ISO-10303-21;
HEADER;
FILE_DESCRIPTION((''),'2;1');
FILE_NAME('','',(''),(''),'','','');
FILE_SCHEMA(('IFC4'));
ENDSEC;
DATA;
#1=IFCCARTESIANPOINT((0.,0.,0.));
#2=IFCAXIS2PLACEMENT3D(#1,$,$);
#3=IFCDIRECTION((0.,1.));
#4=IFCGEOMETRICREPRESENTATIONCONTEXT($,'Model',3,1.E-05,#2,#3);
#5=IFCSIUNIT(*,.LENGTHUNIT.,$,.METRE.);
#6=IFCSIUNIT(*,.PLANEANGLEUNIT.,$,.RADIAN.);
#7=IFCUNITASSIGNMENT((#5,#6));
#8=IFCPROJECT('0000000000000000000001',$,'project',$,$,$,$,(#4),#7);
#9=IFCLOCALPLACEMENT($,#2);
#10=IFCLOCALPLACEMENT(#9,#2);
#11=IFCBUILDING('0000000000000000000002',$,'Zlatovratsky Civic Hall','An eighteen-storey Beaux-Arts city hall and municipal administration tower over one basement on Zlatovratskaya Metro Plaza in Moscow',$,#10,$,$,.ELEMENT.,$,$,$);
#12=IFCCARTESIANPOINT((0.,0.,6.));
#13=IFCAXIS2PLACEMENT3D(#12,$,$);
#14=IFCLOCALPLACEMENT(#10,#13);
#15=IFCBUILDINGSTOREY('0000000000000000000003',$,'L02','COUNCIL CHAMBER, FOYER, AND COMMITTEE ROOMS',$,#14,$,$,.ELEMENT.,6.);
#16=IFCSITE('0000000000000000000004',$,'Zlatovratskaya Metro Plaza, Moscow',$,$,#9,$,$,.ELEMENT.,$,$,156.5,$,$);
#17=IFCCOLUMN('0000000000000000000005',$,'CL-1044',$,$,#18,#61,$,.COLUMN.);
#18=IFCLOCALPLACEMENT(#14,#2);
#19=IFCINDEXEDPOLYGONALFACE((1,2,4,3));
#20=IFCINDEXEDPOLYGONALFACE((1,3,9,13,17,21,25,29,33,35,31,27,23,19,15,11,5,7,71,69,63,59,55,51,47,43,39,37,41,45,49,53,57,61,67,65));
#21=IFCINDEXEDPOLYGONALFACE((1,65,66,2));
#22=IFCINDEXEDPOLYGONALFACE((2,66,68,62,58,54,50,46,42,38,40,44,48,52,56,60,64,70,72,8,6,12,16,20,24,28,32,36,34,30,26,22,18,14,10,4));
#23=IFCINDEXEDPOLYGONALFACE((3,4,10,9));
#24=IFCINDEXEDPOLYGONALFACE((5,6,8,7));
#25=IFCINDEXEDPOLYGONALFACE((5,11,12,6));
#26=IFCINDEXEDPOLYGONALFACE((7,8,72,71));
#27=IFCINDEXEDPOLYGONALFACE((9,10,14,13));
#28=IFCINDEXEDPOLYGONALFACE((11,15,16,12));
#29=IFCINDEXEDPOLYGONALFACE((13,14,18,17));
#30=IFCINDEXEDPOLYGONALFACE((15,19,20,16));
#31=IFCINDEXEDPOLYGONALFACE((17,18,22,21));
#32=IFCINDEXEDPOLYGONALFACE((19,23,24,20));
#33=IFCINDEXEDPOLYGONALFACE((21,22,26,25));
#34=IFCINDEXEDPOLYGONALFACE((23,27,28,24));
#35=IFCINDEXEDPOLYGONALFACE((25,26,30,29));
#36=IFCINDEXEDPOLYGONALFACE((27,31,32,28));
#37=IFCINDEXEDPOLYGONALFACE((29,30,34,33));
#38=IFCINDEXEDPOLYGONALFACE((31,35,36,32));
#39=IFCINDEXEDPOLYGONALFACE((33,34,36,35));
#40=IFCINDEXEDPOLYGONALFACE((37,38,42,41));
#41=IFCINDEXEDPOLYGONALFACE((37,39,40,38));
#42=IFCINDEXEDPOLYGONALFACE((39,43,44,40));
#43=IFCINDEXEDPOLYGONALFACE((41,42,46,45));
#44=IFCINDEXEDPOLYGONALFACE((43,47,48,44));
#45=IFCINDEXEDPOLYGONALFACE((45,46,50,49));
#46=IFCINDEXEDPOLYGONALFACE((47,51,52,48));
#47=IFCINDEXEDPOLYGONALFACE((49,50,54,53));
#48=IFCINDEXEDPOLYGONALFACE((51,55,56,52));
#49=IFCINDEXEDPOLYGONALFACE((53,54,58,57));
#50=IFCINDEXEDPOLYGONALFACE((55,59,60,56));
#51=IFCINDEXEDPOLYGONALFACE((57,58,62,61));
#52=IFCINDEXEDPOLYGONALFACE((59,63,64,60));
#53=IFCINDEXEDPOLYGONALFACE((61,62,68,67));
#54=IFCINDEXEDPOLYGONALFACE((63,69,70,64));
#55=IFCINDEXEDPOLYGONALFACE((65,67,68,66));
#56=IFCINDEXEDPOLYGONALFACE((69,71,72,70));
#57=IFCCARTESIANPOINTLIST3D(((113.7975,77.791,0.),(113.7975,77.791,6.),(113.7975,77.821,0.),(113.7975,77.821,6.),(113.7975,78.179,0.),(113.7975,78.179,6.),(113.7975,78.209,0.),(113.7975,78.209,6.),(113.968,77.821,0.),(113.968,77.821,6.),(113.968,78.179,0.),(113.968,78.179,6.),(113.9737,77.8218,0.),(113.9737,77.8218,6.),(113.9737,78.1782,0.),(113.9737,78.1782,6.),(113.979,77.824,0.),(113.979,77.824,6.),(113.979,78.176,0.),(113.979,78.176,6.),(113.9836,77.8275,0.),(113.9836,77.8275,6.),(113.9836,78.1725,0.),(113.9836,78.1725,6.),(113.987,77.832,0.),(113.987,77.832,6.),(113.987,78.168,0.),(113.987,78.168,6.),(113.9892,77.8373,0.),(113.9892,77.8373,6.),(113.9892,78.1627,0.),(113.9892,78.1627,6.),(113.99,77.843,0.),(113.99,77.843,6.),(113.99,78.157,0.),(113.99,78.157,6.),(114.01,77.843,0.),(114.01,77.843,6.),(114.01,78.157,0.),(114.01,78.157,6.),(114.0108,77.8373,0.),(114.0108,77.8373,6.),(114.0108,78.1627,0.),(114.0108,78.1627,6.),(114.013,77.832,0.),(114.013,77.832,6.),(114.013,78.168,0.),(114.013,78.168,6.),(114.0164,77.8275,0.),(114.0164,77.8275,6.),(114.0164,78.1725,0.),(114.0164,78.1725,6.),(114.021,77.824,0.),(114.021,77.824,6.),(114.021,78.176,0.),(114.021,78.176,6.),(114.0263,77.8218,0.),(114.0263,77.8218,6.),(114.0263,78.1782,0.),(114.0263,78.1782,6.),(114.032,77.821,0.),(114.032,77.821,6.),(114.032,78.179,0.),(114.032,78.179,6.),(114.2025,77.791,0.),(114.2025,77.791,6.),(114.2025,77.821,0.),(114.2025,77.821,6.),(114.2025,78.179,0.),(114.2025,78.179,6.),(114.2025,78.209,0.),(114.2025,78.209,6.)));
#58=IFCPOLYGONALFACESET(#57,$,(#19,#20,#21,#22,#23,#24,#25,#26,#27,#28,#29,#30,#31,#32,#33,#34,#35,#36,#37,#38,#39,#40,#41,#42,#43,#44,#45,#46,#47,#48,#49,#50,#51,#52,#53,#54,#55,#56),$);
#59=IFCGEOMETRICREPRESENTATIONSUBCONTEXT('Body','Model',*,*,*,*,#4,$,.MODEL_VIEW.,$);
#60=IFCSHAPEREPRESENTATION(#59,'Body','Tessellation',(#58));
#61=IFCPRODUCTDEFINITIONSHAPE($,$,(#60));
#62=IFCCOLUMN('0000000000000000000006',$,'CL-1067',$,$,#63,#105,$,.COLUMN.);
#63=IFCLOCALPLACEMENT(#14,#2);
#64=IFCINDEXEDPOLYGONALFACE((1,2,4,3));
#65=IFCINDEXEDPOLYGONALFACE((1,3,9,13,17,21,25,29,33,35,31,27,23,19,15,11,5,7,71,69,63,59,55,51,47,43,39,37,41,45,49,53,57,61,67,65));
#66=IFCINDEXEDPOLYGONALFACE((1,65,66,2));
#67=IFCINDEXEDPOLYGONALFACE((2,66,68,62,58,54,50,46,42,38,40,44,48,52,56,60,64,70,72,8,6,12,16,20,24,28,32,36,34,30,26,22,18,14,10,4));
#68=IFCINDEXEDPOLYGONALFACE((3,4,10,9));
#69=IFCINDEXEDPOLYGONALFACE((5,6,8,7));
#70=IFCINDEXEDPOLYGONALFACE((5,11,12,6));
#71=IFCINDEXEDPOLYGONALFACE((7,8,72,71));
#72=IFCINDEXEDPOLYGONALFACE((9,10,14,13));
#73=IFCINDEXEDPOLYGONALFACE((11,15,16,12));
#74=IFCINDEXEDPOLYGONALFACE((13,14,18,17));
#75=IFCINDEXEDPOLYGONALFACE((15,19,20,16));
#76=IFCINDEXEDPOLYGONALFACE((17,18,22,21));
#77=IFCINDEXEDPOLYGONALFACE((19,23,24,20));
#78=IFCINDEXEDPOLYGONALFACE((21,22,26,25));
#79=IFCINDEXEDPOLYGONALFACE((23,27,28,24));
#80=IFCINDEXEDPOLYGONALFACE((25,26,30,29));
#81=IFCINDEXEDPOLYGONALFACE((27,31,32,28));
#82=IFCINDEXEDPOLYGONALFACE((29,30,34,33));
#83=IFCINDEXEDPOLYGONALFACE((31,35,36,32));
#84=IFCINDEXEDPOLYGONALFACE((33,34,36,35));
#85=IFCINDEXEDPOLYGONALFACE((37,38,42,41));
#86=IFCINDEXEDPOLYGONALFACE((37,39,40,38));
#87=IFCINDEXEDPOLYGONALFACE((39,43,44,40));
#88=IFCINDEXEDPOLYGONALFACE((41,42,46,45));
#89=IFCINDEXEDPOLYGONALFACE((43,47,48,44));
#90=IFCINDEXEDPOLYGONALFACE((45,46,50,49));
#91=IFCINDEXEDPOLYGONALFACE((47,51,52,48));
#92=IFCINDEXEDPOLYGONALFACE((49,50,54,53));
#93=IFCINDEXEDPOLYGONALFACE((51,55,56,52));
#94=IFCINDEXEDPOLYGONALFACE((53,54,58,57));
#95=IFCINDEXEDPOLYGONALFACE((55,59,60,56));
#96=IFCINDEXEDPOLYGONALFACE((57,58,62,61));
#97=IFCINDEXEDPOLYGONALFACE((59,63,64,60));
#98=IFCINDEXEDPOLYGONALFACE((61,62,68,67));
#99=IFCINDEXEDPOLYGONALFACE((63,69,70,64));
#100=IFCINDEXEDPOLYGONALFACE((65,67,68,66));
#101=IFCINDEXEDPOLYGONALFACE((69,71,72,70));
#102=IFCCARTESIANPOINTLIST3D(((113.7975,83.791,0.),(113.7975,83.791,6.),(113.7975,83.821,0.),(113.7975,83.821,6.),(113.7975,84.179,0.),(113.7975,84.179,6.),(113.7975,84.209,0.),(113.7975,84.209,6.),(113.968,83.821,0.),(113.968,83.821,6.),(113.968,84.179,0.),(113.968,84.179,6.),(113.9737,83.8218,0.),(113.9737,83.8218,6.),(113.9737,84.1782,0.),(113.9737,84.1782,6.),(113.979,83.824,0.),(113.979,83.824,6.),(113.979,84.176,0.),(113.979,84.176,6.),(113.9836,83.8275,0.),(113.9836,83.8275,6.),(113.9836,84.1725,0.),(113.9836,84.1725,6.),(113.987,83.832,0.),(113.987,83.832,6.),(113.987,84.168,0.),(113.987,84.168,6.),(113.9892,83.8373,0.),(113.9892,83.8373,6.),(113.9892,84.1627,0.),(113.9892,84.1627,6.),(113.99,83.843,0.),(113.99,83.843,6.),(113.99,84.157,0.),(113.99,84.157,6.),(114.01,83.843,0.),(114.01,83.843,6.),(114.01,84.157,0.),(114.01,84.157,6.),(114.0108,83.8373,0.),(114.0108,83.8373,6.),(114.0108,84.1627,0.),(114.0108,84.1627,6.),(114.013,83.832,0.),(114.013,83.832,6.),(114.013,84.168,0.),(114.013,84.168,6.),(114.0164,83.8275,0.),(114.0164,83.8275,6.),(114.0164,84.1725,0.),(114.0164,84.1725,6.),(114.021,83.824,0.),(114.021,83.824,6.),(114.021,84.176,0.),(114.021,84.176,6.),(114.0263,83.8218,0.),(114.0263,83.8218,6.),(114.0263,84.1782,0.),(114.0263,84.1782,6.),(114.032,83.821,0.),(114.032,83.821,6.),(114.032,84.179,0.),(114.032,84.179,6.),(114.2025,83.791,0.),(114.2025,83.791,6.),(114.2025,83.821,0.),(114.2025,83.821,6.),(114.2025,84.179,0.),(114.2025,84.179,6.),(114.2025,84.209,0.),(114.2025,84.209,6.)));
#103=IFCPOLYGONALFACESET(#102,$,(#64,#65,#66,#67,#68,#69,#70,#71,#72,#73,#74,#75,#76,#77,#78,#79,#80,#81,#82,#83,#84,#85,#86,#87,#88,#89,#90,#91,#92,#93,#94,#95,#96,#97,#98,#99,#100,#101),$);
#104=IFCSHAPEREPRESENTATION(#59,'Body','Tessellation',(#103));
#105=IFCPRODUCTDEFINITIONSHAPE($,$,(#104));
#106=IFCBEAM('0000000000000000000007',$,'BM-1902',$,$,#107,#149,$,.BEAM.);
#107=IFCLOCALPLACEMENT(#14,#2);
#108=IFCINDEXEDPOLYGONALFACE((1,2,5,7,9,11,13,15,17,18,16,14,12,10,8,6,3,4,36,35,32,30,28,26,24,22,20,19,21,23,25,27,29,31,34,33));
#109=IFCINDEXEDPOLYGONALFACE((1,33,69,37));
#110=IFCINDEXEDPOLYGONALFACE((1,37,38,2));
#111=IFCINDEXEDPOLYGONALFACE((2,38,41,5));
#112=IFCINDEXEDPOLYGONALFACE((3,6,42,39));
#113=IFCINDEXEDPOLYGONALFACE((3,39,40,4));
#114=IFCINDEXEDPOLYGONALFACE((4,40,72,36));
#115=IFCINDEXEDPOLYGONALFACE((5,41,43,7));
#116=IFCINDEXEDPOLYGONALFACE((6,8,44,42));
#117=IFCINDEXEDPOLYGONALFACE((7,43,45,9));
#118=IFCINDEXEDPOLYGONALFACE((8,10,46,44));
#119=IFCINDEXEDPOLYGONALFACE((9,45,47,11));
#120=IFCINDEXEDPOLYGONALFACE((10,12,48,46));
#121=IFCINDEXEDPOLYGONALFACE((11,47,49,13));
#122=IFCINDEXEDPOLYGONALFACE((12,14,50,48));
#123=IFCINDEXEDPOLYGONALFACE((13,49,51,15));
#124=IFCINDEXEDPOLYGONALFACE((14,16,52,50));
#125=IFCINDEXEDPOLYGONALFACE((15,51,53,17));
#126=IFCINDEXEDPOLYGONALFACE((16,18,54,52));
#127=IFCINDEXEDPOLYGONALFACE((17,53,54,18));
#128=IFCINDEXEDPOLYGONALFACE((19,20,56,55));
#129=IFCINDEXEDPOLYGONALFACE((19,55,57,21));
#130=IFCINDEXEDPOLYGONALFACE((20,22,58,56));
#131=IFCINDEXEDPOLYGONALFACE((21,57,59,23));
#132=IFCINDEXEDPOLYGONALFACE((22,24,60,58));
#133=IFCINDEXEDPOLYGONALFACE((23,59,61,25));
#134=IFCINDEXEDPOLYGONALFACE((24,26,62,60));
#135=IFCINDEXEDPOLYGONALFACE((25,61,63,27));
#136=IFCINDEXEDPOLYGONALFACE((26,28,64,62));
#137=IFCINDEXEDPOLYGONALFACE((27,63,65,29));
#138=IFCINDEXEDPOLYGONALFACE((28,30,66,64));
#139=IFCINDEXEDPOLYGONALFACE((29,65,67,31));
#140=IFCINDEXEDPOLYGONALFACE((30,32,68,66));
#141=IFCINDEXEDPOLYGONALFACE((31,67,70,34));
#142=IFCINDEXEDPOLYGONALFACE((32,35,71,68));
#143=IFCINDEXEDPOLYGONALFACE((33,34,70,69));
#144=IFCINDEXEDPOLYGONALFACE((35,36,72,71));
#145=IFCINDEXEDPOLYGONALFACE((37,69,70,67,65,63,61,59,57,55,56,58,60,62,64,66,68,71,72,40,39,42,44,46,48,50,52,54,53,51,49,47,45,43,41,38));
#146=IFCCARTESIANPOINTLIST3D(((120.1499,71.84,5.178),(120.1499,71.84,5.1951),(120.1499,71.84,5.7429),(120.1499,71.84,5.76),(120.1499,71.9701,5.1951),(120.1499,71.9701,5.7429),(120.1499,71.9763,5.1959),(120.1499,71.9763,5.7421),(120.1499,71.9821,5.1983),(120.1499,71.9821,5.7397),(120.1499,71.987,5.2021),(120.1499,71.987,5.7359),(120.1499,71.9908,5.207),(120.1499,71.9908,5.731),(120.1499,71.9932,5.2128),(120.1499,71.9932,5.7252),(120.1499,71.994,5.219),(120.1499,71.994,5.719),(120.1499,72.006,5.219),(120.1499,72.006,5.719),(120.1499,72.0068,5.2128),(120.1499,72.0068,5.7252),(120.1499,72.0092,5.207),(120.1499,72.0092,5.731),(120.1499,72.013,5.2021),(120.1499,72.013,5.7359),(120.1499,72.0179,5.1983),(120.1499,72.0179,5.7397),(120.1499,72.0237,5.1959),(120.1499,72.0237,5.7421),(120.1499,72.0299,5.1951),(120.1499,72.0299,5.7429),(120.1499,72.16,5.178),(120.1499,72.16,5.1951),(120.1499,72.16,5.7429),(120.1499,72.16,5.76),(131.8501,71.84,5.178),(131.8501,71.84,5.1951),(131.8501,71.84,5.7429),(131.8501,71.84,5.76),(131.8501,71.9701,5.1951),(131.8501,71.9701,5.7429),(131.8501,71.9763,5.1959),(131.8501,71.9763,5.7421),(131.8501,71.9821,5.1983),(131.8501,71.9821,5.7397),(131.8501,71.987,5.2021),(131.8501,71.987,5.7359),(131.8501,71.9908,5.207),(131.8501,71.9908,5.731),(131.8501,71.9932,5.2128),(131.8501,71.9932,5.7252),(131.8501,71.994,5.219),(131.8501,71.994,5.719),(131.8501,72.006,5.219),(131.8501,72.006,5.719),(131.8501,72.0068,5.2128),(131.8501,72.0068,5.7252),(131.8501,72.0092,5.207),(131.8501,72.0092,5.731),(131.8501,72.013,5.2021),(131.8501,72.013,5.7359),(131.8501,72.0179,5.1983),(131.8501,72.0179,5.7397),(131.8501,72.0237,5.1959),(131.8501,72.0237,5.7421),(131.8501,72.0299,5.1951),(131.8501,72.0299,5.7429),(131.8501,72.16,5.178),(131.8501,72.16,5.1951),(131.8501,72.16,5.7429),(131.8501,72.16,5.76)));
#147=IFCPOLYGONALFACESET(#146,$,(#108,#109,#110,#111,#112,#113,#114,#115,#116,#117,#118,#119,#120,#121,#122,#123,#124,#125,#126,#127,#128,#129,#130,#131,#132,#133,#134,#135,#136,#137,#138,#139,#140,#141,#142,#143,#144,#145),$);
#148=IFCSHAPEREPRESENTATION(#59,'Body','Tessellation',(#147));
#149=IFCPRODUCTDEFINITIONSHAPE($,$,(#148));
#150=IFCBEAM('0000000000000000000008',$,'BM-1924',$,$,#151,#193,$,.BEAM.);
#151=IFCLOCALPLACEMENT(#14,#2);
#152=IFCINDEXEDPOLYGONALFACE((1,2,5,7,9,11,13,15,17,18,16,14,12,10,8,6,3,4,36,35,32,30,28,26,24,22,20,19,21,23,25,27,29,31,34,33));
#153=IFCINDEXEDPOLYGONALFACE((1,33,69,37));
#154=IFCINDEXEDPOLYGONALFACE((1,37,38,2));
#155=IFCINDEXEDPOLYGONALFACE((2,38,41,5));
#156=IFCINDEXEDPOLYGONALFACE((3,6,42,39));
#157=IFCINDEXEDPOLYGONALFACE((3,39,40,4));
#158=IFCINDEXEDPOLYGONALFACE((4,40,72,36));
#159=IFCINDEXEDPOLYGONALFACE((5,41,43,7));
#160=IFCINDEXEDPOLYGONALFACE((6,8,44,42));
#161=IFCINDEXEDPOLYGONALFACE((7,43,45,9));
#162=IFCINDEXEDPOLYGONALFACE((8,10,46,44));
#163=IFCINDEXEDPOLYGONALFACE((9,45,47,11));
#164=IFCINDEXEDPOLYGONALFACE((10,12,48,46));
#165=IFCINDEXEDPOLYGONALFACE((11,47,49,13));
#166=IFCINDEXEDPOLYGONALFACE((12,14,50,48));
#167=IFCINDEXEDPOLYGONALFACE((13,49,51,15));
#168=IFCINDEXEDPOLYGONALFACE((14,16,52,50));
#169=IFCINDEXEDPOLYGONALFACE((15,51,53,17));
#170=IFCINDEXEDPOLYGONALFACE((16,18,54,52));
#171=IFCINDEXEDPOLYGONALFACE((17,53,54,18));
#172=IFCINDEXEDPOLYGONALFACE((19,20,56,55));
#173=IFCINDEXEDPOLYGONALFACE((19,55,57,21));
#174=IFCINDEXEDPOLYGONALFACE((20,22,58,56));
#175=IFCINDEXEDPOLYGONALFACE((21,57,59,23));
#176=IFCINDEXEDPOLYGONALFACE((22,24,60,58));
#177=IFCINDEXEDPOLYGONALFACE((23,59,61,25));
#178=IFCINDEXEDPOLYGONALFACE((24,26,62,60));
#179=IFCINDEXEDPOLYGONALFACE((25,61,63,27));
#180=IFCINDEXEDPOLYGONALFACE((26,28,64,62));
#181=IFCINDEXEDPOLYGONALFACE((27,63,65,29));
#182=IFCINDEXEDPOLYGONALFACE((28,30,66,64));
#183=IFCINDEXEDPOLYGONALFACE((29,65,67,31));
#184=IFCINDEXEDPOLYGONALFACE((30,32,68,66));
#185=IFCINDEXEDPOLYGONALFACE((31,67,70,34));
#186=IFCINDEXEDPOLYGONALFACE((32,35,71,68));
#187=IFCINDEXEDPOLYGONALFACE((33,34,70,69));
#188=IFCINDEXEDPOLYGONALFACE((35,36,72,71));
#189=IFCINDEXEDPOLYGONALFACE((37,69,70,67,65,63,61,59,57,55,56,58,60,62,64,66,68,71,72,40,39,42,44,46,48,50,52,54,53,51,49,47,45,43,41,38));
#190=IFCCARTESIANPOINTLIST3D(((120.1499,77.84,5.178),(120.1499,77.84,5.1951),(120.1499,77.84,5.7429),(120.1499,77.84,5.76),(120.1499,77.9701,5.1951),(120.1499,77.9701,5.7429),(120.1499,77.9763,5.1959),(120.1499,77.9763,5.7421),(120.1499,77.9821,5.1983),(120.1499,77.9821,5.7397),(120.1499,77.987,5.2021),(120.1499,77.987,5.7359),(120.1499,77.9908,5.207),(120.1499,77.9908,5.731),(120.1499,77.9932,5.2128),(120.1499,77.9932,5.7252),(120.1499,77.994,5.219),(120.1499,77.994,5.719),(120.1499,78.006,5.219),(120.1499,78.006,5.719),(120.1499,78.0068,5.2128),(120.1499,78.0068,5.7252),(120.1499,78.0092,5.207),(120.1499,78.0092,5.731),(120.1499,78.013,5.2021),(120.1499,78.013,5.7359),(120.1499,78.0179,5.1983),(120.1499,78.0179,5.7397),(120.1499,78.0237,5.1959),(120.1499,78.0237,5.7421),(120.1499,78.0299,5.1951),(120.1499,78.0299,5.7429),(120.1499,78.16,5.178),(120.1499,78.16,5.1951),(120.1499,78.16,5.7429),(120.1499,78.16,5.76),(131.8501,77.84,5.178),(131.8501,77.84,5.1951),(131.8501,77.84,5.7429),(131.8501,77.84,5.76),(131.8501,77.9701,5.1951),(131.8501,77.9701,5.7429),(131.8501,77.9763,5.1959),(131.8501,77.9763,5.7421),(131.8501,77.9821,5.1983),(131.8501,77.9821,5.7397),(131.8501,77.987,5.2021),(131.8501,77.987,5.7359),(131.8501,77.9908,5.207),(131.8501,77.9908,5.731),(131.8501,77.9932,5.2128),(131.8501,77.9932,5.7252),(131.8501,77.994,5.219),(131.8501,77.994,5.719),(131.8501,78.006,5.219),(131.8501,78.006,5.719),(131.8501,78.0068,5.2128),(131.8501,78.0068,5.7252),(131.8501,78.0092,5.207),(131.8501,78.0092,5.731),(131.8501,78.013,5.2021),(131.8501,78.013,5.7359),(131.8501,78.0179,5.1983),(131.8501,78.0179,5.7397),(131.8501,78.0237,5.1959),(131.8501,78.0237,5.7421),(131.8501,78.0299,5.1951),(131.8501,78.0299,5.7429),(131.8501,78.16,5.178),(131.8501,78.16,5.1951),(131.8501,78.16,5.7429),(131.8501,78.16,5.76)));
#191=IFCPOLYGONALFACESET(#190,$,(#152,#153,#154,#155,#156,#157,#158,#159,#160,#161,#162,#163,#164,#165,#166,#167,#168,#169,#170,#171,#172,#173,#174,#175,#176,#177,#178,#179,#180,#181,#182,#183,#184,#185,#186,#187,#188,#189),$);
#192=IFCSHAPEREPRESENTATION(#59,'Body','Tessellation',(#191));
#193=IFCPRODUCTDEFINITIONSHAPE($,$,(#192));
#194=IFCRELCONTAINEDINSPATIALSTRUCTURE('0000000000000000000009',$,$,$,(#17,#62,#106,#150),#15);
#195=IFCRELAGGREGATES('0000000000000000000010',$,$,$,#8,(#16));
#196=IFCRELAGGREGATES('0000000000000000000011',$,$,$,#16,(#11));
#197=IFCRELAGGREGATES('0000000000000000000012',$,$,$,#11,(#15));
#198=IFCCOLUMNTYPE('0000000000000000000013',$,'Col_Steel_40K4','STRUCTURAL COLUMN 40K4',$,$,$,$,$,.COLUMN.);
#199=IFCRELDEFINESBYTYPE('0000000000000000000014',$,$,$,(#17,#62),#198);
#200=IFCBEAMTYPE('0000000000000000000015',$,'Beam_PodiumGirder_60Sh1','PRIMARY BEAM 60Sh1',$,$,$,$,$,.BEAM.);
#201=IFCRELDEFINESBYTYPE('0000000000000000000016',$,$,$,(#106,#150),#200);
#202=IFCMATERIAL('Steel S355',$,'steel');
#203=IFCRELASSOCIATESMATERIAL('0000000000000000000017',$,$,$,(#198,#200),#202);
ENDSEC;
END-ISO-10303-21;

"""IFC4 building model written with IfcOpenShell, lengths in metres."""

from ifc_helpers import new_model, si_unit, direction, frame, origin, origin_2d, place, context, subcontext, project, spatial, i_section, extrude, material, material_profile, profile_set, type_object, element, save


model = new_model("IFC4")

# Units and contexts
model_context = context("Model", 3, precision=1e-05, world=origin(), true_north=direction((0.0, 1.0)))
body_context = subcontext(model_context, "Body", "Model", "MODEL_VIEW")
ifc_project = project(units=[si_unit("LENGTHUNIT", "METRE"), si_unit("PLANEANGLEUNIT", "RADIAN")], contexts=[model_context])

# Site, building, storey
site_placement = place(None, origin())
site = spatial("IfcSite", under=ifc_project, at=site_placement, Name="Zlatovratskaya Metro Plaza, Moscow", CompositionType="ELEMENT", RefElevation=156.5)
building_placement = place(site_placement, origin())
building = spatial("IfcBuilding", under=site, at=building_placement, Name="Zlatovratsky Civic Hall", Description="An eighteen-storey Beaux-Arts city hall and municipal administration tower over one basement on Zlatovratskaya Metro Plaza in Moscow", CompositionType="ELEMENT")
storey_placement = place(building_placement, frame((0.0, 0.0, 6.0)))
storey = spatial("IfcBuildingStorey", under=building, at=storey_placement, Name="L02", Description="COUNCIL CHAMBER, FOYER, AND COMMITTEE ROOMS", CompositionType="ELEMENT", Elevation=6.0)

# Columns
ifc_material_1 = material(Name="Steel S355", Category="steel")
ifc_material_profile_1 = material_profile(ifc_material_1, i_section(OverallWidth=0.405, OverallDepth=0.418, WebThickness=0.02, FlangeThickness=0.03, FilletRadius=0.022, at=origin_2d()), Name="40K4")
ifc_profile_set_1 = profile_set([ifc_material_profile_1], Name="Steel S355")
column_type_1 = type_object("IfcColumnType", Name="Col_Steel_40K4", Description="STRUCTURAL COLUMN 40K4", PredefinedType="COLUMN", material=ifc_profile_set_1)
for number, where, z_axis, x_axis, name in (
    (1, (114.0, 78.0, 0.0), (0.0, 0.0, 1.0), (1.0, 0.0, 0.0), "CL-1044"),
    (2, (114.0, 84.0, 0.0), (0.0, 0.0, 1.0), (1.0, 0.0, 0.0), "CL-1067"),
):
    element("IfcColumn", number, at=place(storey_placement, frame(where, z_axis=z_axis, x_axis=x_axis)), inside=storey, type_object=column_type_1, Name=name, PredefinedType="COLUMN", context=body_context, shape_type="SweptSolid", body=[
        extrude(i_section(OverallWidth=0.405, OverallDepth=0.418, WebThickness=0.02, FlangeThickness=0.03, FilletRadius=0.022, at=origin_2d()), origin(), (0.0, 0.0, 1.0), 6.0),
    ])

# Beams
ifc_material_profile_2 = material_profile(ifc_material_1, i_section(OverallWidth=0.3201, OverallDepth=0.582, WebThickness=0.012, FlangeThickness=0.0171, FilletRadius=0.0239, at=origin_2d()), Name="60Sh1")
ifc_profile_set_2 = profile_set([ifc_material_profile_2], Name="Steel S355")
beam_type_1 = type_object("IfcBeamType", Name="Beam_PodiumGirder_60Sh1", Description="PRIMARY BEAM 60Sh1", PredefinedType="BEAM", material=ifc_profile_set_2)
for number, where, z_axis, x_axis, name in (
    (3, (120.1499, 72.0, 5.469), (1.0, 0.0, 0.0), (0.0, 1.0, 0.0), "BM-1902"),
    (4, (120.1499, 78.0, 5.469), (1.0, 0.0, 0.0), (0.0, 1.0, 0.0), "BM-1924"),
):
    element("IfcBeam", number, at=place(storey_placement, frame(where, z_axis=z_axis, x_axis=x_axis)), inside=storey, type_object=beam_type_1, Name=name, PredefinedType="BEAM", context=body_context, shape_type="SweptSolid", body=[
        extrude(i_section(OverallWidth=0.3201, OverallDepth=0.582, WebThickness=0.012, FlangeThickness=0.0171, FilletRadius=0.0239, at=origin_2d()), origin(), (0.0, 0.0, 1.0), 11.7002),
    ])

save(model, "model.ifc")
